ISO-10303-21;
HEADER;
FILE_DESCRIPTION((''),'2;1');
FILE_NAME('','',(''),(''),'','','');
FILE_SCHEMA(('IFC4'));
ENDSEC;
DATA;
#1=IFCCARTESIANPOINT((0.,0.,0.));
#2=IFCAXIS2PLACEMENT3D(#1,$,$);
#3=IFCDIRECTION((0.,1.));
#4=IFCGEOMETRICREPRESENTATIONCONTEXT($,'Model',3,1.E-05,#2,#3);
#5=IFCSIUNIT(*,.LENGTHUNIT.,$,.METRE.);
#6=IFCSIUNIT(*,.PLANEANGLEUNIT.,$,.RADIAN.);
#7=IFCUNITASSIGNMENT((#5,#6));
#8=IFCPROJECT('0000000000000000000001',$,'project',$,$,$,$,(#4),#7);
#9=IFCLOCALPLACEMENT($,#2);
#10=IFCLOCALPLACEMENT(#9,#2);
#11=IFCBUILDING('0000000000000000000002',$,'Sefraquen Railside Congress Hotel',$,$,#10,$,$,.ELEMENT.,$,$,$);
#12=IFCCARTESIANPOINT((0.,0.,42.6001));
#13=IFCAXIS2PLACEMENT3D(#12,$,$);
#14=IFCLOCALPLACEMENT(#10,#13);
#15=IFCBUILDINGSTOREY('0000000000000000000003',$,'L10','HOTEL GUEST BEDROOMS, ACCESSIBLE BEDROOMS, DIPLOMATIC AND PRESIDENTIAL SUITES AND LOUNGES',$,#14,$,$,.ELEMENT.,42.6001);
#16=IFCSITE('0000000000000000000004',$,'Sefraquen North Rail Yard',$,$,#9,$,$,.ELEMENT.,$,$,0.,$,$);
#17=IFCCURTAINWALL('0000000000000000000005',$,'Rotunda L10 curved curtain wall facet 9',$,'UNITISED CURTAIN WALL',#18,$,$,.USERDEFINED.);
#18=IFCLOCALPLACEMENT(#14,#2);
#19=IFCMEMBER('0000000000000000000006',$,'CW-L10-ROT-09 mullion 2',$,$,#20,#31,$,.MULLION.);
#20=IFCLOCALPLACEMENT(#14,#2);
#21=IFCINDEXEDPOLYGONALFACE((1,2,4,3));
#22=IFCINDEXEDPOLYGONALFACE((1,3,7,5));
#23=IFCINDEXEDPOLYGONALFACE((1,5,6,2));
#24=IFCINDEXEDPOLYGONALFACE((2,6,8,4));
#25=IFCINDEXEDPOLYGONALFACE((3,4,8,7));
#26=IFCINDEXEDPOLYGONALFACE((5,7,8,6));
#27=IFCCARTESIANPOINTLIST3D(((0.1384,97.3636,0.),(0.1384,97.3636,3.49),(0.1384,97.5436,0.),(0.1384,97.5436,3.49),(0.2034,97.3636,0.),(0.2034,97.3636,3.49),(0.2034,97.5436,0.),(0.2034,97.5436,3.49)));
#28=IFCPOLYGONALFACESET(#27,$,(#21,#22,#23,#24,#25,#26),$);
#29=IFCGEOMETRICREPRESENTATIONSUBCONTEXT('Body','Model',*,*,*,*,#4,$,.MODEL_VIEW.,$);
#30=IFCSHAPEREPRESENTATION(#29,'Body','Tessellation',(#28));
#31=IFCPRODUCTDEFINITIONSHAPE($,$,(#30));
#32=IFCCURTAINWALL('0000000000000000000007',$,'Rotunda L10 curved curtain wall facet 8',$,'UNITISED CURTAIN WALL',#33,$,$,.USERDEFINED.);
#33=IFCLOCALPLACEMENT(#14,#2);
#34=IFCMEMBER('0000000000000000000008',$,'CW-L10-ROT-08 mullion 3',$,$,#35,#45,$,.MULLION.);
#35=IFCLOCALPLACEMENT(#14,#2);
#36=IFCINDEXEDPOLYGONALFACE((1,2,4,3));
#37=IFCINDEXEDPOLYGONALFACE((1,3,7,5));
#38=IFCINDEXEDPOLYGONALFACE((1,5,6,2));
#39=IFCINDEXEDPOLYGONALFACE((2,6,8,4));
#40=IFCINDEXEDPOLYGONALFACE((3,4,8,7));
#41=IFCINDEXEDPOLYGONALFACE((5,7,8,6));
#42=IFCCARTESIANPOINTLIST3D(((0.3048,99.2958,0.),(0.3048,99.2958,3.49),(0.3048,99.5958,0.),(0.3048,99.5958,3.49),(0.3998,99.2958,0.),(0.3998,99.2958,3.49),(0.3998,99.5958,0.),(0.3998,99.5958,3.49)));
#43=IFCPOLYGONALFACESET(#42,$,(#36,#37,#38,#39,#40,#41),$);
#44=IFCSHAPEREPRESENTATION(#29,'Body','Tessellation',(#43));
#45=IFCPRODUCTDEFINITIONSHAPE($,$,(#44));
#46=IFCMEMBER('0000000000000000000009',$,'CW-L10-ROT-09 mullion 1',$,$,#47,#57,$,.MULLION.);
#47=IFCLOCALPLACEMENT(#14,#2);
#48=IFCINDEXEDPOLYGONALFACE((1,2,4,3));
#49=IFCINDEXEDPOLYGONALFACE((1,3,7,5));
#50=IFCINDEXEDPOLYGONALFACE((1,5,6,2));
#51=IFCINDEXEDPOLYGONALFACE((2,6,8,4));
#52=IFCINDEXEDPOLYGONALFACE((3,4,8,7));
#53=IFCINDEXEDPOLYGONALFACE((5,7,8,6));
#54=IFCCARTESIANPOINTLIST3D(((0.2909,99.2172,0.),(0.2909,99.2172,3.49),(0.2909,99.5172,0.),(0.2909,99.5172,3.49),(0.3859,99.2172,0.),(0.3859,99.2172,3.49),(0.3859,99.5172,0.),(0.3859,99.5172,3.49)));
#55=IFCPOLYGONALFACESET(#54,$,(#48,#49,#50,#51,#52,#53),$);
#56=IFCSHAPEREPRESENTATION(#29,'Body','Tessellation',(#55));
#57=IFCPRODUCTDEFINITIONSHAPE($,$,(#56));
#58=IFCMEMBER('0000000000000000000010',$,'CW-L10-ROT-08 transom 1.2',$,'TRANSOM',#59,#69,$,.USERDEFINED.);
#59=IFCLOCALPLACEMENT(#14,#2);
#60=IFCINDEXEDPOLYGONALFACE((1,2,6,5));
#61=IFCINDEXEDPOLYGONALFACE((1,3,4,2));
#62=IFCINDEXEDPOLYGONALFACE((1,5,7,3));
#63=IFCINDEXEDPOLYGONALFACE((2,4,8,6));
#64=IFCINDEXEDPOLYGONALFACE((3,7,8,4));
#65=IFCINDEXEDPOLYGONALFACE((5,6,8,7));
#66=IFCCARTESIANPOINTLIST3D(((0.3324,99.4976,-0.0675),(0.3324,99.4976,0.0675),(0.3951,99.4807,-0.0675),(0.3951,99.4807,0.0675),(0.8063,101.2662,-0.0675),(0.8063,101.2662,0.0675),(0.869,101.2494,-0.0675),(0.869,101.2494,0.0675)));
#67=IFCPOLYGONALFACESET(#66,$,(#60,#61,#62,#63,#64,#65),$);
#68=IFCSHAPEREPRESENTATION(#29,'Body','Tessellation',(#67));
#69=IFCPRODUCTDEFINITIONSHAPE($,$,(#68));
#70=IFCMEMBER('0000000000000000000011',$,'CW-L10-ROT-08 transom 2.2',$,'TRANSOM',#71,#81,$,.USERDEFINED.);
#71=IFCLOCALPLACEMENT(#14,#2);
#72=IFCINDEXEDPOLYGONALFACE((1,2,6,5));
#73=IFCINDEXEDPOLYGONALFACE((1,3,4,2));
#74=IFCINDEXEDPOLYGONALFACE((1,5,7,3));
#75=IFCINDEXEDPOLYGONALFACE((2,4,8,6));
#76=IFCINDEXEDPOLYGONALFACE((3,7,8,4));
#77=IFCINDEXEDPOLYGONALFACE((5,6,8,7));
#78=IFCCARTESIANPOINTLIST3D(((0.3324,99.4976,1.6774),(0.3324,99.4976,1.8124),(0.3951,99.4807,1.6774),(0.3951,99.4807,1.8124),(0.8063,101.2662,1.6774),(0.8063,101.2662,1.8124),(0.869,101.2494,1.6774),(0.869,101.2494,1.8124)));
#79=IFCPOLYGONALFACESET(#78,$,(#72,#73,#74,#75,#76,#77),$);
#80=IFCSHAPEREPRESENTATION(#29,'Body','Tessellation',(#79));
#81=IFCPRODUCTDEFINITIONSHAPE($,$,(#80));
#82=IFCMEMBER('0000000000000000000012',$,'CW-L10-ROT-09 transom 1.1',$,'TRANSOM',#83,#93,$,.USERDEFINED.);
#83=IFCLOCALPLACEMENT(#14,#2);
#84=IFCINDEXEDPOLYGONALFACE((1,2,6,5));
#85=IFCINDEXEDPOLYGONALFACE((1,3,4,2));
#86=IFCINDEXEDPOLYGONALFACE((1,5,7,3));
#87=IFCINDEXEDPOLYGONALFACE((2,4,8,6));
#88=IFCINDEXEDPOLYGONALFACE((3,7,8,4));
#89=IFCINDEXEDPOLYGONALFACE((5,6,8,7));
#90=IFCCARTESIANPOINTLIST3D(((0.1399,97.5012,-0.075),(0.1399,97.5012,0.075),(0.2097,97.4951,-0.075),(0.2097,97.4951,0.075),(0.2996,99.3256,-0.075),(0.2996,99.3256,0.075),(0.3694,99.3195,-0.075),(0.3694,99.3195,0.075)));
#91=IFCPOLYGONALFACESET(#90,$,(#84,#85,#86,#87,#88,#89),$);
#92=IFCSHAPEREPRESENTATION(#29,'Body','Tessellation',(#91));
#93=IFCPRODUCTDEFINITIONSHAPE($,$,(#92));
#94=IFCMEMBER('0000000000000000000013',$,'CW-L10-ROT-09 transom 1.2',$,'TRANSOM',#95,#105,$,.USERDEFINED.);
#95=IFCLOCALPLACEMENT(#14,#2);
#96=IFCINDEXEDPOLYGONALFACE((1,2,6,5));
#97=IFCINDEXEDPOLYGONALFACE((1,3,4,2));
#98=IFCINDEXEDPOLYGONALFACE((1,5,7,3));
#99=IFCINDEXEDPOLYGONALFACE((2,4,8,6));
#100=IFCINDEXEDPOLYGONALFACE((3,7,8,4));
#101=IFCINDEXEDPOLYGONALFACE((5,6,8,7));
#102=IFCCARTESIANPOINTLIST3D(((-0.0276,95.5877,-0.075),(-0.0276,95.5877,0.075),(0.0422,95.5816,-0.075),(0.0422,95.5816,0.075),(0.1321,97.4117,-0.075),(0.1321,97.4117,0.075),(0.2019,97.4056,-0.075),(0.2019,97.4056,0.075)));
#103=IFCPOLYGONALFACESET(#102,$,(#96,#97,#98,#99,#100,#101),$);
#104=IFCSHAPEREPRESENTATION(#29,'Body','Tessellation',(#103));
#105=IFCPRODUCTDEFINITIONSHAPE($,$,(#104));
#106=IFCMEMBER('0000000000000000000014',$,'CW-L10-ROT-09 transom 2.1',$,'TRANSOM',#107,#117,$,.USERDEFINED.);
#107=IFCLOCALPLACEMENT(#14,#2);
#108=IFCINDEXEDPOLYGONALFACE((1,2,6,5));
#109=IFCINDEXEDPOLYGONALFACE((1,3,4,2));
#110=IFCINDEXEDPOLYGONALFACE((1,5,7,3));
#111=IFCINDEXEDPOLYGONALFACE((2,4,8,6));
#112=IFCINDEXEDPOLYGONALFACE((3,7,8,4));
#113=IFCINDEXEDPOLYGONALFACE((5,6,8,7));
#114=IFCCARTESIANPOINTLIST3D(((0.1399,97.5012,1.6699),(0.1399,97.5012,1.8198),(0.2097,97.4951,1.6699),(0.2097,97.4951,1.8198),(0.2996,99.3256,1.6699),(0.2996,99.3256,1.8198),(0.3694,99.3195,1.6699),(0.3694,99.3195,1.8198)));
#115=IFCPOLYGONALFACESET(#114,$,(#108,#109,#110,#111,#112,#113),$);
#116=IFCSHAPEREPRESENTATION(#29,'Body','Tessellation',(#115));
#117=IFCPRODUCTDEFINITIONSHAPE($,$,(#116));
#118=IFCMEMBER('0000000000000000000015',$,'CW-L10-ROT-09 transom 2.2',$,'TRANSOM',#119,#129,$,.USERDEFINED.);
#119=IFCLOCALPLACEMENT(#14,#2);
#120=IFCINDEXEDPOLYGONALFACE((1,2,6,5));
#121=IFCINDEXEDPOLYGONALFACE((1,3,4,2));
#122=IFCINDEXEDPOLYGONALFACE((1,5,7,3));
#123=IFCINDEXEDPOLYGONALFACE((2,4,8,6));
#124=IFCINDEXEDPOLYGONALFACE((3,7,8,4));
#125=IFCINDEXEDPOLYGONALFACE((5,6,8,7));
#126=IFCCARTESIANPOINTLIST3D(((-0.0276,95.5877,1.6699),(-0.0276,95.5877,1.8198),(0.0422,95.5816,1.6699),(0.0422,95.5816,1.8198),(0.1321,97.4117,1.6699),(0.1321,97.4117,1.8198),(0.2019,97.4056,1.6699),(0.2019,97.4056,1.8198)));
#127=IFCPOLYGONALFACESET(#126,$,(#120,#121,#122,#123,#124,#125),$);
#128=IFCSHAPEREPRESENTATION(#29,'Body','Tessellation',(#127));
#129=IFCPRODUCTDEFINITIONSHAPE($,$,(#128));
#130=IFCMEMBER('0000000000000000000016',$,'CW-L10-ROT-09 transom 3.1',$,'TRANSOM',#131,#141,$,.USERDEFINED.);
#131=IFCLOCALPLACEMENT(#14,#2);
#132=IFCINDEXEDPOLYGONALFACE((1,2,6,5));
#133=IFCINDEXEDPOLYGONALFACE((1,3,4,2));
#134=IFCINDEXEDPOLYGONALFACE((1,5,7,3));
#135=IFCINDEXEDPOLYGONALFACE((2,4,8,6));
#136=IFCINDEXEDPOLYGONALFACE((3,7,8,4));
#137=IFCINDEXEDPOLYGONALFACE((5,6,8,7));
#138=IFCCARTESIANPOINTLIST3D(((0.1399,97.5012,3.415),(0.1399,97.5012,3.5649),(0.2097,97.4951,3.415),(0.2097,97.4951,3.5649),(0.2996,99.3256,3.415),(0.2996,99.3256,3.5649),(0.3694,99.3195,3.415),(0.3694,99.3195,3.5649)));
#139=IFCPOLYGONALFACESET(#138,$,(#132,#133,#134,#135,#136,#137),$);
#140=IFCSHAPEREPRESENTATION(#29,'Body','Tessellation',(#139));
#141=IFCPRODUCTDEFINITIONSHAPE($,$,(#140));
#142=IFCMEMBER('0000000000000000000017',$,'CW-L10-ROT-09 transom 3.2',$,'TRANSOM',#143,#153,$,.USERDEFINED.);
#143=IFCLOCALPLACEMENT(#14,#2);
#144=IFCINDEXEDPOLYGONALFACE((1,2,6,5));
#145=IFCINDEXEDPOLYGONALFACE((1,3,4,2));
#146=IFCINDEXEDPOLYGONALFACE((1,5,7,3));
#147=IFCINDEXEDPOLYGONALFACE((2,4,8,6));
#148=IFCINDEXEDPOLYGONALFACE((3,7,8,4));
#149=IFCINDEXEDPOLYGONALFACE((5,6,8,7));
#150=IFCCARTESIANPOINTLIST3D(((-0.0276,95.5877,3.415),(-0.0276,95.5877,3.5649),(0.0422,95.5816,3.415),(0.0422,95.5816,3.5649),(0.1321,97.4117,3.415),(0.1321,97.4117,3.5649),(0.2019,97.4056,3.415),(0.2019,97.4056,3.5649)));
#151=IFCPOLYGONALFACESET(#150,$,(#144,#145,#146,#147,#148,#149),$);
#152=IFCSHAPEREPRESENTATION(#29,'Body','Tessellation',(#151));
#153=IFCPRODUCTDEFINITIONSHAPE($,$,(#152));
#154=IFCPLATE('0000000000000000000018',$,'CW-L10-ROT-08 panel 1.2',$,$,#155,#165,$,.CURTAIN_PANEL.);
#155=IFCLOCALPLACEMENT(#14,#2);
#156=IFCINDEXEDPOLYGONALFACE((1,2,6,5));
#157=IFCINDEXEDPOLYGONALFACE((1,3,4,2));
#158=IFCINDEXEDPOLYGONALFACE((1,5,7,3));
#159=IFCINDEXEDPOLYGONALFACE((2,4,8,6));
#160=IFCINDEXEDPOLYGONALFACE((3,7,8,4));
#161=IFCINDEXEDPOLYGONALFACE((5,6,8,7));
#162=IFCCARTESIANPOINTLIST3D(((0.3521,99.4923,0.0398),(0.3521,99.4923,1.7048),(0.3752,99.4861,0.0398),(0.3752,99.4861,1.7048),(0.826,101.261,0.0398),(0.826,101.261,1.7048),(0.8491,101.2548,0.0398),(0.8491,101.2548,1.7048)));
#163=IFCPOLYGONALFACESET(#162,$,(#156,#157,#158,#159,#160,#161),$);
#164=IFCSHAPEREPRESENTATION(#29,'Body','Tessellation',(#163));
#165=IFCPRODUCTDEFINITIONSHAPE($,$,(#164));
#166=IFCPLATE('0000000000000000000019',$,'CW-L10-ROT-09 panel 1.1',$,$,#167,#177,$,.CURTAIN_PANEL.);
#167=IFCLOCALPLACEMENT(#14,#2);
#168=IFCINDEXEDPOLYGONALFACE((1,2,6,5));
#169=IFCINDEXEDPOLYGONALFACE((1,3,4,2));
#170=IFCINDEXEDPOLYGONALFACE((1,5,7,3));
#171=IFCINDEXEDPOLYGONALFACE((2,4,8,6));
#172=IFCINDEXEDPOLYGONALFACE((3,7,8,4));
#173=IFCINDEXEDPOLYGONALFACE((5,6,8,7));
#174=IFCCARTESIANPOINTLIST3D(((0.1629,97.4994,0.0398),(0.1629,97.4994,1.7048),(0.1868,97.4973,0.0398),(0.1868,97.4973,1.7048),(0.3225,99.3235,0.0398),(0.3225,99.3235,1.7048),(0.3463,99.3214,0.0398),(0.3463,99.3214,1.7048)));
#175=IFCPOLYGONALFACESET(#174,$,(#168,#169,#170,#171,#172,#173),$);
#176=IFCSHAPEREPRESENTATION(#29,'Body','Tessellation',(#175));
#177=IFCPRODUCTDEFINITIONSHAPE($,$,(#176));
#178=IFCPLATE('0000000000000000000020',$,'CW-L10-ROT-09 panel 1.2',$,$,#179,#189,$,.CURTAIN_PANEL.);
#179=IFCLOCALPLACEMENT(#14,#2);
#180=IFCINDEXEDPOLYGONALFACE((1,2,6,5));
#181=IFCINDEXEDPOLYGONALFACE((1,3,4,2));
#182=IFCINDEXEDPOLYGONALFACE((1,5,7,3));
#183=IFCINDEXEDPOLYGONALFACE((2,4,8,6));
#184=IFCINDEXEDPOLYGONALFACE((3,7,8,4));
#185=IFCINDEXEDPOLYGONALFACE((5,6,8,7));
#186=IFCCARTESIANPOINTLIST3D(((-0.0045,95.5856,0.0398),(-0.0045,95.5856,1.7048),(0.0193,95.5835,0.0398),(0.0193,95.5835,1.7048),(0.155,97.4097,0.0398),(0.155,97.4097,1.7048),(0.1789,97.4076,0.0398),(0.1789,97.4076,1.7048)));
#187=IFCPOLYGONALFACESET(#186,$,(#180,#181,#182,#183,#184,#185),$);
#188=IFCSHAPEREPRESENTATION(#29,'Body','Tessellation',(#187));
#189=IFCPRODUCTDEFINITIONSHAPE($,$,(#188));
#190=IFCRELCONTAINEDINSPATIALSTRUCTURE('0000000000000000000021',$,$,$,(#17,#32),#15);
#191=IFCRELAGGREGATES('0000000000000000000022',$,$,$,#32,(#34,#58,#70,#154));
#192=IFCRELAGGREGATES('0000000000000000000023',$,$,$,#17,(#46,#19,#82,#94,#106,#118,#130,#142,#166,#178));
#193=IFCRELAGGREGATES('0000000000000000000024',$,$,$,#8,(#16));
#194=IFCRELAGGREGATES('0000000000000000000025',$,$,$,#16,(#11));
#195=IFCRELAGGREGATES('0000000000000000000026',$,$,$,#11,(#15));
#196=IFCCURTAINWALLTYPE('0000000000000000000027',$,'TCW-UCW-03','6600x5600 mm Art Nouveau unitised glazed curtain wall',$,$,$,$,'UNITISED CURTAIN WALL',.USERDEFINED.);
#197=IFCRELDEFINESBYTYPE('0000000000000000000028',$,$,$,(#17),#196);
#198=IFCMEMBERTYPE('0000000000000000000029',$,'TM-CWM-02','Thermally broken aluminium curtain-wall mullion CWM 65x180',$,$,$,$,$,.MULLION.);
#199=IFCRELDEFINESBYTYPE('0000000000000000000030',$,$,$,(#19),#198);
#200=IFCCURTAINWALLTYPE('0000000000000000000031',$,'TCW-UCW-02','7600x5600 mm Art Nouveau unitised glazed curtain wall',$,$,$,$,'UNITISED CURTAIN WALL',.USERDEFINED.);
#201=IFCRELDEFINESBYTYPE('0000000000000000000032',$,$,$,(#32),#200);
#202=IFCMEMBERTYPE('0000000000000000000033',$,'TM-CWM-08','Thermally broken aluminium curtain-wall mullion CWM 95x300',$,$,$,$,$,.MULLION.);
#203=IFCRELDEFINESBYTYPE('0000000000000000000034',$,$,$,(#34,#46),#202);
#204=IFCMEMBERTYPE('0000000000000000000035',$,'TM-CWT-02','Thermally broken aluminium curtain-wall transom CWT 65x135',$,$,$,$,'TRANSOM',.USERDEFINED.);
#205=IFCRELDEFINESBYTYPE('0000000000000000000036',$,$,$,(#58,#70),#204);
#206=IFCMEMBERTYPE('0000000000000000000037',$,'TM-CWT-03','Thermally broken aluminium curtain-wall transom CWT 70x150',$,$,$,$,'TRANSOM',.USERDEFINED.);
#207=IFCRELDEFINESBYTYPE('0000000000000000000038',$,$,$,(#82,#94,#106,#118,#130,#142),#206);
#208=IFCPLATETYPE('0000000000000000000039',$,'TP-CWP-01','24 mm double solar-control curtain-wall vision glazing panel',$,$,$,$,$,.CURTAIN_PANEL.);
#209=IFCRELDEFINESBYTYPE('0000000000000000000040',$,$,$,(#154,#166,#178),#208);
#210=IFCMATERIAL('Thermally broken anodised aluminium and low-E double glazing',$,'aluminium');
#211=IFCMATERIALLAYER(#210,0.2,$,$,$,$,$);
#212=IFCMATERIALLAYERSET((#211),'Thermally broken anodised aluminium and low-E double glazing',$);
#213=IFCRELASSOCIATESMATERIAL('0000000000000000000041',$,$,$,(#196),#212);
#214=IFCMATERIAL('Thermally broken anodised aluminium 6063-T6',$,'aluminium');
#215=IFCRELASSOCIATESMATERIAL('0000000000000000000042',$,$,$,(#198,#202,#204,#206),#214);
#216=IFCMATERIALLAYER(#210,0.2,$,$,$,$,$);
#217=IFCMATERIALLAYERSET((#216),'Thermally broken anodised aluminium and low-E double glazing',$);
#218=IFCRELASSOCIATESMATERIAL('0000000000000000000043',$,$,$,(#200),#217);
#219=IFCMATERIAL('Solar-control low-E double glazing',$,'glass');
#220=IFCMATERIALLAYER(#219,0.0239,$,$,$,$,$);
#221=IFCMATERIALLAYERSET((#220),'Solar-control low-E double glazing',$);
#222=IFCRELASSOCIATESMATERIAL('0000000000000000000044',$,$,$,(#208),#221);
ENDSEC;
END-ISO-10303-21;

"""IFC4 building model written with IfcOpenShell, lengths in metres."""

from ifc_helpers import new_model, si_unit, direction, frame, origin, origin_2d, place, context, subcontext, project, spatial, rectangle, extrude, material, layer, layer_set, material_profile, profile_set, type_object, element, aggregate, save


model = new_model("IFC4")

# Units and contexts
model_context = context("Model", 3, precision=1e-05, world=origin(), true_north=direction((0.0, 1.0)))
body_context = subcontext(model_context, "Body", "Model", "MODEL_VIEW")
ifc_project = project(units=[si_unit("LENGTHUNIT", "METRE"), si_unit("PLANEANGLEUNIT", "RADIAN")], contexts=[model_context])

# Site, building, storey
site_placement = place(None, origin())
site = spatial("IfcSite", under=ifc_project, at=site_placement, Name="Sefraquen North Rail Yard", CompositionType="ELEMENT", RefElevation=0.0)
building_placement = place(site_placement, origin())
building = spatial("IfcBuilding", under=site, at=building_placement, Name="Sefraquen Railside Congress Hotel", CompositionType="ELEMENT")
storey_placement = place(building_placement, frame((0.0, 0.0, 42.6001)))
storey = spatial("IfcBuildingStorey", under=building, at=storey_placement, Name="L10", Description="HOTEL GUEST BEDROOMS, ACCESSIBLE BEDROOMS, DIPLOMATIC AND PRESIDENTIAL SUITES AND LOUNGES", CompositionType="ELEMENT", Elevation=42.6001)

# Curtain walls, members
ifc_material_1 = material(Name="Thermally broken anodised aluminium and low-E double glazing", Category="aluminium")
ifc_layer_1 = layer(ifc_material_1, 0.2)
ifc_layer_set_1 = layer_set([ifc_layer_1], Name="Thermally broken anodised aluminium and low-E double glazing")
curtain_wall_type_1 = type_object("IfcCurtainWallType", Name="TCW-UCW-03", Description="6600x5600 mm Art Nouveau unitised glazed curtain wall", ElementType="UNITISED CURTAIN WALL", PredefinedType="USERDEFINED", material=ifc_layer_set_1)
curtain_wall_1_placement = place(storey_placement, origin())
curtain_wall_1 = element("IfcCurtainWall", 1, at=curtain_wall_1_placement, inside=storey, type_object=curtain_wall_type_1, Name="Rotunda L10 curved curtain wall facet 9", ObjectType="UNITISED CURTAIN WALL", PredefinedType="USERDEFINED")
ifc_material_2 = material(Name="Thermally broken anodised aluminium 6063-T6", Category="aluminium")
ifc_material_profile_1 = material_profile(ifc_material_2, rectangle(XDim=0.0649, YDim=0.1799, at=origin_2d()), Name="CWM 65x180")
ifc_profile_set_1 = profile_set([ifc_material_profile_1], Name="Thermally broken anodised aluminium 6063-T6")
member_type_1 = type_object("IfcMemberType", Name="TM-CWM-02", Description="Thermally broken aluminium curtain-wall mullion CWM 65x180", PredefinedType="MULLION", material=ifc_profile_set_1)
member_1_placement = place(storey_placement, frame((0.1709, 97.4536, 0.0), z_axis=(0.0, 0.0, 1.0), x_axis=(1.0, 0.0, 0.0)))
member_1 = element("IfcMember", 2, at=member_1_placement, type_object=member_type_1, Name="CW-L10-ROT-09 mullion 2", PredefinedType="MULLION", context=body_context, shape_type="SweptSolid", body=[
    extrude(rectangle(XDim=0.0649, YDim=0.1799, at=origin_2d()), origin(), (0.0, 0.0, 1.0), 3.49),
])
ifc_layer_2 = layer(ifc_material_1, 0.2)
ifc_layer_set_2 = layer_set([ifc_layer_2], Name="Thermally broken anodised aluminium and low-E double glazing")
curtain_wall_type_2 = type_object("IfcCurtainWallType", Name="TCW-UCW-02", Description="7600x5600 mm Art Nouveau unitised glazed curtain wall", ElementType="UNITISED CURTAIN WALL", PredefinedType="USERDEFINED", material=ifc_layer_set_2)
curtain_wall_2_placement = place(storey_placement, origin())
curtain_wall_2 = element("IfcCurtainWall", 3, at=curtain_wall_2_placement, inside=storey, type_object=curtain_wall_type_2, Name="Rotunda L10 curved curtain wall facet 8", ObjectType="UNITISED CURTAIN WALL", PredefinedType="USERDEFINED")
ifc_material_profile_2 = material_profile(ifc_material_2, rectangle(XDim=0.095, YDim=0.3, at=origin_2d()), Name="CWM 95x300")
ifc_profile_set_2 = profile_set([ifc_material_profile_2], Name="Thermally broken anodised aluminium 6063-T6")
member_type_2 = type_object("IfcMemberType", Name="TM-CWM-08", Description="Thermally broken aluminium curtain-wall mullion CWM 95x300", PredefinedType="MULLION", material=ifc_profile_set_2)
member_2_placement = place(storey_placement, frame((0.3523, 99.4458, 0.0), z_axis=(0.0, 0.0, 1.0), x_axis=(1.0, 0.0, 0.0)))
member_2 = element("IfcMember", 4, at=member_2_placement, type_object=member_type_2, Name="CW-L10-ROT-08 mullion 3", PredefinedType="MULLION", context=body_context, shape_type="SweptSolid", body=[
    extrude(rectangle(XDim=0.095, YDim=0.3, at=origin_2d()), origin(), (0.0, 0.0, 1.0), 3.49),
])

# Members
member_3_placement = place(storey_placement, frame((0.3384, 99.3672, 0.0), z_axis=(0.0, 0.0, 1.0), x_axis=(1.0, 0.0, 0.0)))
member_3 = element("IfcMember", 5, at=member_3_placement, type_object=member_type_2, Name="CW-L10-ROT-09 mullion 1", PredefinedType="MULLION", context=body_context, shape_type="SweptSolid", body=[
    extrude(rectangle(XDim=0.095, YDim=0.3, at=origin_2d()), origin(), (0.0, 0.0, 1.0), 3.49),
])
ifc_material_profile_3 = material_profile(ifc_material_2, rectangle(XDim=0.0649, YDim=0.135, at=origin_2d()), Name="CWT 65x135")
ifc_profile_set_3 = profile_set([ifc_material_profile_3], Name="Thermally broken anodised aluminium 6063-T6")
member_type_3 = type_object("IfcMemberType", Name="TM-CWT-02", Description="Thermally broken aluminium curtain-wall transom CWT 65x135", ElementType="TRANSOM", PredefinedType="USERDEFINED", material=ifc_profile_set_3)
member_4_placement = place(storey_placement, frame((0.8376, 101.2578, 0.0), z_axis=(-0.258816, -0.965927, 0.0), x_axis=(0.965927, -0.258816, 0.0)))
member_4 = element("IfcMember", 6, at=member_4_placement, type_object=member_type_3, Name="CW-L10-ROT-08 transom 1.2", ObjectType="TRANSOM", PredefinedType="USERDEFINED", context=body_context, shape_type="SweptSolid", body=[
    extrude(rectangle(XDim=0.0649, YDim=0.135, at=origin_2d()), origin(), (0.0, 0.0, 1.0), 1.8311),
])
member_5_placement = place(storey_placement, frame((0.8376, 101.2578, 1.7449), z_axis=(-0.258816, -0.965927, 0.0), x_axis=(0.965927, -0.258816, 0.0)))
member_5 = element("IfcMember", 7, at=member_5_placement, type_object=member_type_3, Name="CW-L10-ROT-08 transom 2.2", ObjectType="TRANSOM", PredefinedType="USERDEFINED", context=body_context, shape_type="SweptSolid", body=[
    extrude(rectangle(XDim=0.0649, YDim=0.135, at=origin_2d()), origin(), (0.0, 0.0, 1.0), 1.8311),
])
ifc_material_profile_4 = material_profile(ifc_material_2, rectangle(XDim=0.0701, YDim=0.1499, at=origin_2d()), Name="CWT 70x150")
ifc_profile_set_4 = profile_set([ifc_material_profile_4], Name="Thermally broken anodised aluminium 6063-T6")
member_type_4 = type_object("IfcMemberType", Name="TM-CWT-03", Description="Thermally broken aluminium curtain-wall transom CWT 70x150", ElementType="TRANSOM", PredefinedType="USERDEFINED", material=ifc_profile_set_4)
member_6_placement = place(storey_placement, frame((0.3345, 99.3225, 0.0), z_axis=(-0.087193, -0.996191, 0.0), x_axis=(0.996191, -0.087193, 0.0)))
member_6 = element("IfcMember", 8, at=member_6_placement, type_object=member_type_4, Name="CW-L10-ROT-09 transom 1.1", ObjectType="TRANSOM", PredefinedType="USERDEFINED", context=body_context, shape_type="SweptSolid", body=[
    extrude(rectangle(XDim=0.0701, YDim=0.1499, at=origin_2d()), origin(), (0.0, 0.0, 1.0), 1.8313),
])
member_7_placement = place(storey_placement, frame((0.167, 97.4087, 0.0), z_axis=(-0.087205, -0.99619, 0.0), x_axis=(0.99619, -0.087205, 0.0)))
member_7 = element("IfcMember", 9, at=member_7_placement, type_object=member_type_4, Name="CW-L10-ROT-09 transom 1.2", ObjectType="TRANSOM", PredefinedType="USERDEFINED", context=body_context, shape_type="SweptSolid", body=[
    extrude(rectangle(XDim=0.0701, YDim=0.1499, at=origin_2d()), origin(), (0.0, 0.0, 1.0), 1.8311),
])
member_8_placement = place(storey_placement, frame((0.3345, 99.3225, 1.7449), z_axis=(-0.087193, -0.996191, 0.0), x_axis=(0.996191, -0.087193, 0.0)))
member_8 = element("IfcMember", 10, at=member_8_placement, type_object=member_type_4, Name="CW-L10-ROT-09 transom 2.1", ObjectType="TRANSOM", PredefinedType="USERDEFINED", context=body_context, shape_type="SweptSolid", body=[
    extrude(rectangle(XDim=0.0701, YDim=0.1499, at=origin_2d()), origin(), (0.0, 0.0, 1.0), 1.8313),
])
member_9_placement = place(storey_placement, frame((0.167, 97.4087, 1.7449), z_axis=(-0.087205, -0.99619, 0.0), x_axis=(0.99619, -0.087205, 0.0)))
member_9 = element("IfcMember", 11, at=member_9_placement, type_object=member_type_4, Name="CW-L10-ROT-09 transom 2.2", ObjectType="TRANSOM", PredefinedType="USERDEFINED", context=body_context, shape_type="SweptSolid", body=[
    extrude(rectangle(XDim=0.0701, YDim=0.1499, at=origin_2d()), origin(), (0.0, 0.0, 1.0), 1.8311),
])
member_10_placement = place(storey_placement, frame((0.3345, 99.3225, 3.49), z_axis=(-0.087193, -0.996191, 0.0), x_axis=(0.996191, -0.087193, 0.0)))
member_10 = element("IfcMember", 12, at=member_10_placement, type_object=member_type_4, Name="CW-L10-ROT-09 transom 3.1", ObjectType="TRANSOM", PredefinedType="USERDEFINED", context=body_context, shape_type="SweptSolid", body=[
    extrude(rectangle(XDim=0.0701, YDim=0.1499, at=origin_2d()), origin(), (0.0, 0.0, 1.0), 1.8313),
])
member_11_placement = place(storey_placement, frame((0.167, 97.4087, 3.49), z_axis=(-0.087205, -0.99619, 0.0), x_axis=(0.99619, -0.087205, 0.0)))
member_11 = element("IfcMember", 13, at=member_11_placement, type_object=member_type_4, Name="CW-L10-ROT-09 transom 3.2", ObjectType="TRANSOM", PredefinedType="USERDEFINED", context=body_context, shape_type="SweptSolid", body=[
    extrude(rectangle(XDim=0.0701, YDim=0.1499, at=origin_2d()), origin(), (0.0, 0.0, 1.0), 1.8311),
])

# Plates
ifc_material_3 = material(Name="Solar-control low-E double glazing", Category="glass")
ifc_layer_3 = layer(ifc_material_3, 0.0239)
ifc_layer_set_3 = layer_set([ifc_layer_3], Name="Solar-control low-E double glazing")
plate_type_1 = type_object("IfcPlateType", Name="TP-CWP-01", Description="24 mm double solar-control curtain-wall vision glazing panel", PredefinedType="CURTAIN_PANEL", material=ifc_layer_set_3)
plate_1_placement = place(storey_placement, frame((0.6006, 100.3735, 0.0398), z_axis=(0.0, 0.0, 1.0), x_axis=(-0.258785, -0.965935, 0.0)))
plate_1 = element("IfcPlate", 14, at=plate_1_placement, type_object=plate_type_1, Name="CW-L10-ROT-08 panel 1.2", PredefinedType="CURTAIN_PANEL", context=body_context, shape_type="SweptSolid", body=[
    extrude(rectangle(XDim=1.8311, YDim=0.0239, at=origin_2d()), origin(), (0.0, 0.0, 1.0), 1.665),
])
plate_2_placement = place(storey_placement, frame((0.2546, 98.4104, 0.0398), z_axis=(0.0, 0.0, 1.0), x_axis=(-0.087138, -0.996196, 0.0)))
plate_2 = element("IfcPlate", 15, at=plate_2_placement, type_object=plate_type_1, Name="CW-L10-ROT-09 panel 1.1", PredefinedType="CURTAIN_PANEL", context=body_context, shape_type="SweptSolid", body=[
    extrude(rectangle(XDim=1.8311, YDim=0.0239, at=origin_2d()), origin(), (0.0, 0.0, 1.0), 1.665),
])
plate_3_placement = place(storey_placement, frame((0.0872, 96.4966, 0.0398), z_axis=(0.0, 0.0, 1.0), x_axis=(-0.087138, -0.996196, 0.0)))
plate_3 = element("IfcPlate", 16, at=plate_3_placement, type_object=plate_type_1, Name="CW-L10-ROT-09 panel 1.2", PredefinedType="CURTAIN_PANEL", context=body_context, shape_type="SweptSolid", body=[
    extrude(rectangle(XDim=1.8311, YDim=0.0239, at=origin_2d()), origin(), (0.0, 0.0, 1.0), 1.665),
])
aggregate(curtain_wall_2, [member_2, member_4, member_5, plate_1])
aggregate(curtain_wall_1, [member_3, member_1, member_6, member_7, member_8, member_9, member_10, member_11, plate_2, plate_3])

save(model, "model.ifc")
